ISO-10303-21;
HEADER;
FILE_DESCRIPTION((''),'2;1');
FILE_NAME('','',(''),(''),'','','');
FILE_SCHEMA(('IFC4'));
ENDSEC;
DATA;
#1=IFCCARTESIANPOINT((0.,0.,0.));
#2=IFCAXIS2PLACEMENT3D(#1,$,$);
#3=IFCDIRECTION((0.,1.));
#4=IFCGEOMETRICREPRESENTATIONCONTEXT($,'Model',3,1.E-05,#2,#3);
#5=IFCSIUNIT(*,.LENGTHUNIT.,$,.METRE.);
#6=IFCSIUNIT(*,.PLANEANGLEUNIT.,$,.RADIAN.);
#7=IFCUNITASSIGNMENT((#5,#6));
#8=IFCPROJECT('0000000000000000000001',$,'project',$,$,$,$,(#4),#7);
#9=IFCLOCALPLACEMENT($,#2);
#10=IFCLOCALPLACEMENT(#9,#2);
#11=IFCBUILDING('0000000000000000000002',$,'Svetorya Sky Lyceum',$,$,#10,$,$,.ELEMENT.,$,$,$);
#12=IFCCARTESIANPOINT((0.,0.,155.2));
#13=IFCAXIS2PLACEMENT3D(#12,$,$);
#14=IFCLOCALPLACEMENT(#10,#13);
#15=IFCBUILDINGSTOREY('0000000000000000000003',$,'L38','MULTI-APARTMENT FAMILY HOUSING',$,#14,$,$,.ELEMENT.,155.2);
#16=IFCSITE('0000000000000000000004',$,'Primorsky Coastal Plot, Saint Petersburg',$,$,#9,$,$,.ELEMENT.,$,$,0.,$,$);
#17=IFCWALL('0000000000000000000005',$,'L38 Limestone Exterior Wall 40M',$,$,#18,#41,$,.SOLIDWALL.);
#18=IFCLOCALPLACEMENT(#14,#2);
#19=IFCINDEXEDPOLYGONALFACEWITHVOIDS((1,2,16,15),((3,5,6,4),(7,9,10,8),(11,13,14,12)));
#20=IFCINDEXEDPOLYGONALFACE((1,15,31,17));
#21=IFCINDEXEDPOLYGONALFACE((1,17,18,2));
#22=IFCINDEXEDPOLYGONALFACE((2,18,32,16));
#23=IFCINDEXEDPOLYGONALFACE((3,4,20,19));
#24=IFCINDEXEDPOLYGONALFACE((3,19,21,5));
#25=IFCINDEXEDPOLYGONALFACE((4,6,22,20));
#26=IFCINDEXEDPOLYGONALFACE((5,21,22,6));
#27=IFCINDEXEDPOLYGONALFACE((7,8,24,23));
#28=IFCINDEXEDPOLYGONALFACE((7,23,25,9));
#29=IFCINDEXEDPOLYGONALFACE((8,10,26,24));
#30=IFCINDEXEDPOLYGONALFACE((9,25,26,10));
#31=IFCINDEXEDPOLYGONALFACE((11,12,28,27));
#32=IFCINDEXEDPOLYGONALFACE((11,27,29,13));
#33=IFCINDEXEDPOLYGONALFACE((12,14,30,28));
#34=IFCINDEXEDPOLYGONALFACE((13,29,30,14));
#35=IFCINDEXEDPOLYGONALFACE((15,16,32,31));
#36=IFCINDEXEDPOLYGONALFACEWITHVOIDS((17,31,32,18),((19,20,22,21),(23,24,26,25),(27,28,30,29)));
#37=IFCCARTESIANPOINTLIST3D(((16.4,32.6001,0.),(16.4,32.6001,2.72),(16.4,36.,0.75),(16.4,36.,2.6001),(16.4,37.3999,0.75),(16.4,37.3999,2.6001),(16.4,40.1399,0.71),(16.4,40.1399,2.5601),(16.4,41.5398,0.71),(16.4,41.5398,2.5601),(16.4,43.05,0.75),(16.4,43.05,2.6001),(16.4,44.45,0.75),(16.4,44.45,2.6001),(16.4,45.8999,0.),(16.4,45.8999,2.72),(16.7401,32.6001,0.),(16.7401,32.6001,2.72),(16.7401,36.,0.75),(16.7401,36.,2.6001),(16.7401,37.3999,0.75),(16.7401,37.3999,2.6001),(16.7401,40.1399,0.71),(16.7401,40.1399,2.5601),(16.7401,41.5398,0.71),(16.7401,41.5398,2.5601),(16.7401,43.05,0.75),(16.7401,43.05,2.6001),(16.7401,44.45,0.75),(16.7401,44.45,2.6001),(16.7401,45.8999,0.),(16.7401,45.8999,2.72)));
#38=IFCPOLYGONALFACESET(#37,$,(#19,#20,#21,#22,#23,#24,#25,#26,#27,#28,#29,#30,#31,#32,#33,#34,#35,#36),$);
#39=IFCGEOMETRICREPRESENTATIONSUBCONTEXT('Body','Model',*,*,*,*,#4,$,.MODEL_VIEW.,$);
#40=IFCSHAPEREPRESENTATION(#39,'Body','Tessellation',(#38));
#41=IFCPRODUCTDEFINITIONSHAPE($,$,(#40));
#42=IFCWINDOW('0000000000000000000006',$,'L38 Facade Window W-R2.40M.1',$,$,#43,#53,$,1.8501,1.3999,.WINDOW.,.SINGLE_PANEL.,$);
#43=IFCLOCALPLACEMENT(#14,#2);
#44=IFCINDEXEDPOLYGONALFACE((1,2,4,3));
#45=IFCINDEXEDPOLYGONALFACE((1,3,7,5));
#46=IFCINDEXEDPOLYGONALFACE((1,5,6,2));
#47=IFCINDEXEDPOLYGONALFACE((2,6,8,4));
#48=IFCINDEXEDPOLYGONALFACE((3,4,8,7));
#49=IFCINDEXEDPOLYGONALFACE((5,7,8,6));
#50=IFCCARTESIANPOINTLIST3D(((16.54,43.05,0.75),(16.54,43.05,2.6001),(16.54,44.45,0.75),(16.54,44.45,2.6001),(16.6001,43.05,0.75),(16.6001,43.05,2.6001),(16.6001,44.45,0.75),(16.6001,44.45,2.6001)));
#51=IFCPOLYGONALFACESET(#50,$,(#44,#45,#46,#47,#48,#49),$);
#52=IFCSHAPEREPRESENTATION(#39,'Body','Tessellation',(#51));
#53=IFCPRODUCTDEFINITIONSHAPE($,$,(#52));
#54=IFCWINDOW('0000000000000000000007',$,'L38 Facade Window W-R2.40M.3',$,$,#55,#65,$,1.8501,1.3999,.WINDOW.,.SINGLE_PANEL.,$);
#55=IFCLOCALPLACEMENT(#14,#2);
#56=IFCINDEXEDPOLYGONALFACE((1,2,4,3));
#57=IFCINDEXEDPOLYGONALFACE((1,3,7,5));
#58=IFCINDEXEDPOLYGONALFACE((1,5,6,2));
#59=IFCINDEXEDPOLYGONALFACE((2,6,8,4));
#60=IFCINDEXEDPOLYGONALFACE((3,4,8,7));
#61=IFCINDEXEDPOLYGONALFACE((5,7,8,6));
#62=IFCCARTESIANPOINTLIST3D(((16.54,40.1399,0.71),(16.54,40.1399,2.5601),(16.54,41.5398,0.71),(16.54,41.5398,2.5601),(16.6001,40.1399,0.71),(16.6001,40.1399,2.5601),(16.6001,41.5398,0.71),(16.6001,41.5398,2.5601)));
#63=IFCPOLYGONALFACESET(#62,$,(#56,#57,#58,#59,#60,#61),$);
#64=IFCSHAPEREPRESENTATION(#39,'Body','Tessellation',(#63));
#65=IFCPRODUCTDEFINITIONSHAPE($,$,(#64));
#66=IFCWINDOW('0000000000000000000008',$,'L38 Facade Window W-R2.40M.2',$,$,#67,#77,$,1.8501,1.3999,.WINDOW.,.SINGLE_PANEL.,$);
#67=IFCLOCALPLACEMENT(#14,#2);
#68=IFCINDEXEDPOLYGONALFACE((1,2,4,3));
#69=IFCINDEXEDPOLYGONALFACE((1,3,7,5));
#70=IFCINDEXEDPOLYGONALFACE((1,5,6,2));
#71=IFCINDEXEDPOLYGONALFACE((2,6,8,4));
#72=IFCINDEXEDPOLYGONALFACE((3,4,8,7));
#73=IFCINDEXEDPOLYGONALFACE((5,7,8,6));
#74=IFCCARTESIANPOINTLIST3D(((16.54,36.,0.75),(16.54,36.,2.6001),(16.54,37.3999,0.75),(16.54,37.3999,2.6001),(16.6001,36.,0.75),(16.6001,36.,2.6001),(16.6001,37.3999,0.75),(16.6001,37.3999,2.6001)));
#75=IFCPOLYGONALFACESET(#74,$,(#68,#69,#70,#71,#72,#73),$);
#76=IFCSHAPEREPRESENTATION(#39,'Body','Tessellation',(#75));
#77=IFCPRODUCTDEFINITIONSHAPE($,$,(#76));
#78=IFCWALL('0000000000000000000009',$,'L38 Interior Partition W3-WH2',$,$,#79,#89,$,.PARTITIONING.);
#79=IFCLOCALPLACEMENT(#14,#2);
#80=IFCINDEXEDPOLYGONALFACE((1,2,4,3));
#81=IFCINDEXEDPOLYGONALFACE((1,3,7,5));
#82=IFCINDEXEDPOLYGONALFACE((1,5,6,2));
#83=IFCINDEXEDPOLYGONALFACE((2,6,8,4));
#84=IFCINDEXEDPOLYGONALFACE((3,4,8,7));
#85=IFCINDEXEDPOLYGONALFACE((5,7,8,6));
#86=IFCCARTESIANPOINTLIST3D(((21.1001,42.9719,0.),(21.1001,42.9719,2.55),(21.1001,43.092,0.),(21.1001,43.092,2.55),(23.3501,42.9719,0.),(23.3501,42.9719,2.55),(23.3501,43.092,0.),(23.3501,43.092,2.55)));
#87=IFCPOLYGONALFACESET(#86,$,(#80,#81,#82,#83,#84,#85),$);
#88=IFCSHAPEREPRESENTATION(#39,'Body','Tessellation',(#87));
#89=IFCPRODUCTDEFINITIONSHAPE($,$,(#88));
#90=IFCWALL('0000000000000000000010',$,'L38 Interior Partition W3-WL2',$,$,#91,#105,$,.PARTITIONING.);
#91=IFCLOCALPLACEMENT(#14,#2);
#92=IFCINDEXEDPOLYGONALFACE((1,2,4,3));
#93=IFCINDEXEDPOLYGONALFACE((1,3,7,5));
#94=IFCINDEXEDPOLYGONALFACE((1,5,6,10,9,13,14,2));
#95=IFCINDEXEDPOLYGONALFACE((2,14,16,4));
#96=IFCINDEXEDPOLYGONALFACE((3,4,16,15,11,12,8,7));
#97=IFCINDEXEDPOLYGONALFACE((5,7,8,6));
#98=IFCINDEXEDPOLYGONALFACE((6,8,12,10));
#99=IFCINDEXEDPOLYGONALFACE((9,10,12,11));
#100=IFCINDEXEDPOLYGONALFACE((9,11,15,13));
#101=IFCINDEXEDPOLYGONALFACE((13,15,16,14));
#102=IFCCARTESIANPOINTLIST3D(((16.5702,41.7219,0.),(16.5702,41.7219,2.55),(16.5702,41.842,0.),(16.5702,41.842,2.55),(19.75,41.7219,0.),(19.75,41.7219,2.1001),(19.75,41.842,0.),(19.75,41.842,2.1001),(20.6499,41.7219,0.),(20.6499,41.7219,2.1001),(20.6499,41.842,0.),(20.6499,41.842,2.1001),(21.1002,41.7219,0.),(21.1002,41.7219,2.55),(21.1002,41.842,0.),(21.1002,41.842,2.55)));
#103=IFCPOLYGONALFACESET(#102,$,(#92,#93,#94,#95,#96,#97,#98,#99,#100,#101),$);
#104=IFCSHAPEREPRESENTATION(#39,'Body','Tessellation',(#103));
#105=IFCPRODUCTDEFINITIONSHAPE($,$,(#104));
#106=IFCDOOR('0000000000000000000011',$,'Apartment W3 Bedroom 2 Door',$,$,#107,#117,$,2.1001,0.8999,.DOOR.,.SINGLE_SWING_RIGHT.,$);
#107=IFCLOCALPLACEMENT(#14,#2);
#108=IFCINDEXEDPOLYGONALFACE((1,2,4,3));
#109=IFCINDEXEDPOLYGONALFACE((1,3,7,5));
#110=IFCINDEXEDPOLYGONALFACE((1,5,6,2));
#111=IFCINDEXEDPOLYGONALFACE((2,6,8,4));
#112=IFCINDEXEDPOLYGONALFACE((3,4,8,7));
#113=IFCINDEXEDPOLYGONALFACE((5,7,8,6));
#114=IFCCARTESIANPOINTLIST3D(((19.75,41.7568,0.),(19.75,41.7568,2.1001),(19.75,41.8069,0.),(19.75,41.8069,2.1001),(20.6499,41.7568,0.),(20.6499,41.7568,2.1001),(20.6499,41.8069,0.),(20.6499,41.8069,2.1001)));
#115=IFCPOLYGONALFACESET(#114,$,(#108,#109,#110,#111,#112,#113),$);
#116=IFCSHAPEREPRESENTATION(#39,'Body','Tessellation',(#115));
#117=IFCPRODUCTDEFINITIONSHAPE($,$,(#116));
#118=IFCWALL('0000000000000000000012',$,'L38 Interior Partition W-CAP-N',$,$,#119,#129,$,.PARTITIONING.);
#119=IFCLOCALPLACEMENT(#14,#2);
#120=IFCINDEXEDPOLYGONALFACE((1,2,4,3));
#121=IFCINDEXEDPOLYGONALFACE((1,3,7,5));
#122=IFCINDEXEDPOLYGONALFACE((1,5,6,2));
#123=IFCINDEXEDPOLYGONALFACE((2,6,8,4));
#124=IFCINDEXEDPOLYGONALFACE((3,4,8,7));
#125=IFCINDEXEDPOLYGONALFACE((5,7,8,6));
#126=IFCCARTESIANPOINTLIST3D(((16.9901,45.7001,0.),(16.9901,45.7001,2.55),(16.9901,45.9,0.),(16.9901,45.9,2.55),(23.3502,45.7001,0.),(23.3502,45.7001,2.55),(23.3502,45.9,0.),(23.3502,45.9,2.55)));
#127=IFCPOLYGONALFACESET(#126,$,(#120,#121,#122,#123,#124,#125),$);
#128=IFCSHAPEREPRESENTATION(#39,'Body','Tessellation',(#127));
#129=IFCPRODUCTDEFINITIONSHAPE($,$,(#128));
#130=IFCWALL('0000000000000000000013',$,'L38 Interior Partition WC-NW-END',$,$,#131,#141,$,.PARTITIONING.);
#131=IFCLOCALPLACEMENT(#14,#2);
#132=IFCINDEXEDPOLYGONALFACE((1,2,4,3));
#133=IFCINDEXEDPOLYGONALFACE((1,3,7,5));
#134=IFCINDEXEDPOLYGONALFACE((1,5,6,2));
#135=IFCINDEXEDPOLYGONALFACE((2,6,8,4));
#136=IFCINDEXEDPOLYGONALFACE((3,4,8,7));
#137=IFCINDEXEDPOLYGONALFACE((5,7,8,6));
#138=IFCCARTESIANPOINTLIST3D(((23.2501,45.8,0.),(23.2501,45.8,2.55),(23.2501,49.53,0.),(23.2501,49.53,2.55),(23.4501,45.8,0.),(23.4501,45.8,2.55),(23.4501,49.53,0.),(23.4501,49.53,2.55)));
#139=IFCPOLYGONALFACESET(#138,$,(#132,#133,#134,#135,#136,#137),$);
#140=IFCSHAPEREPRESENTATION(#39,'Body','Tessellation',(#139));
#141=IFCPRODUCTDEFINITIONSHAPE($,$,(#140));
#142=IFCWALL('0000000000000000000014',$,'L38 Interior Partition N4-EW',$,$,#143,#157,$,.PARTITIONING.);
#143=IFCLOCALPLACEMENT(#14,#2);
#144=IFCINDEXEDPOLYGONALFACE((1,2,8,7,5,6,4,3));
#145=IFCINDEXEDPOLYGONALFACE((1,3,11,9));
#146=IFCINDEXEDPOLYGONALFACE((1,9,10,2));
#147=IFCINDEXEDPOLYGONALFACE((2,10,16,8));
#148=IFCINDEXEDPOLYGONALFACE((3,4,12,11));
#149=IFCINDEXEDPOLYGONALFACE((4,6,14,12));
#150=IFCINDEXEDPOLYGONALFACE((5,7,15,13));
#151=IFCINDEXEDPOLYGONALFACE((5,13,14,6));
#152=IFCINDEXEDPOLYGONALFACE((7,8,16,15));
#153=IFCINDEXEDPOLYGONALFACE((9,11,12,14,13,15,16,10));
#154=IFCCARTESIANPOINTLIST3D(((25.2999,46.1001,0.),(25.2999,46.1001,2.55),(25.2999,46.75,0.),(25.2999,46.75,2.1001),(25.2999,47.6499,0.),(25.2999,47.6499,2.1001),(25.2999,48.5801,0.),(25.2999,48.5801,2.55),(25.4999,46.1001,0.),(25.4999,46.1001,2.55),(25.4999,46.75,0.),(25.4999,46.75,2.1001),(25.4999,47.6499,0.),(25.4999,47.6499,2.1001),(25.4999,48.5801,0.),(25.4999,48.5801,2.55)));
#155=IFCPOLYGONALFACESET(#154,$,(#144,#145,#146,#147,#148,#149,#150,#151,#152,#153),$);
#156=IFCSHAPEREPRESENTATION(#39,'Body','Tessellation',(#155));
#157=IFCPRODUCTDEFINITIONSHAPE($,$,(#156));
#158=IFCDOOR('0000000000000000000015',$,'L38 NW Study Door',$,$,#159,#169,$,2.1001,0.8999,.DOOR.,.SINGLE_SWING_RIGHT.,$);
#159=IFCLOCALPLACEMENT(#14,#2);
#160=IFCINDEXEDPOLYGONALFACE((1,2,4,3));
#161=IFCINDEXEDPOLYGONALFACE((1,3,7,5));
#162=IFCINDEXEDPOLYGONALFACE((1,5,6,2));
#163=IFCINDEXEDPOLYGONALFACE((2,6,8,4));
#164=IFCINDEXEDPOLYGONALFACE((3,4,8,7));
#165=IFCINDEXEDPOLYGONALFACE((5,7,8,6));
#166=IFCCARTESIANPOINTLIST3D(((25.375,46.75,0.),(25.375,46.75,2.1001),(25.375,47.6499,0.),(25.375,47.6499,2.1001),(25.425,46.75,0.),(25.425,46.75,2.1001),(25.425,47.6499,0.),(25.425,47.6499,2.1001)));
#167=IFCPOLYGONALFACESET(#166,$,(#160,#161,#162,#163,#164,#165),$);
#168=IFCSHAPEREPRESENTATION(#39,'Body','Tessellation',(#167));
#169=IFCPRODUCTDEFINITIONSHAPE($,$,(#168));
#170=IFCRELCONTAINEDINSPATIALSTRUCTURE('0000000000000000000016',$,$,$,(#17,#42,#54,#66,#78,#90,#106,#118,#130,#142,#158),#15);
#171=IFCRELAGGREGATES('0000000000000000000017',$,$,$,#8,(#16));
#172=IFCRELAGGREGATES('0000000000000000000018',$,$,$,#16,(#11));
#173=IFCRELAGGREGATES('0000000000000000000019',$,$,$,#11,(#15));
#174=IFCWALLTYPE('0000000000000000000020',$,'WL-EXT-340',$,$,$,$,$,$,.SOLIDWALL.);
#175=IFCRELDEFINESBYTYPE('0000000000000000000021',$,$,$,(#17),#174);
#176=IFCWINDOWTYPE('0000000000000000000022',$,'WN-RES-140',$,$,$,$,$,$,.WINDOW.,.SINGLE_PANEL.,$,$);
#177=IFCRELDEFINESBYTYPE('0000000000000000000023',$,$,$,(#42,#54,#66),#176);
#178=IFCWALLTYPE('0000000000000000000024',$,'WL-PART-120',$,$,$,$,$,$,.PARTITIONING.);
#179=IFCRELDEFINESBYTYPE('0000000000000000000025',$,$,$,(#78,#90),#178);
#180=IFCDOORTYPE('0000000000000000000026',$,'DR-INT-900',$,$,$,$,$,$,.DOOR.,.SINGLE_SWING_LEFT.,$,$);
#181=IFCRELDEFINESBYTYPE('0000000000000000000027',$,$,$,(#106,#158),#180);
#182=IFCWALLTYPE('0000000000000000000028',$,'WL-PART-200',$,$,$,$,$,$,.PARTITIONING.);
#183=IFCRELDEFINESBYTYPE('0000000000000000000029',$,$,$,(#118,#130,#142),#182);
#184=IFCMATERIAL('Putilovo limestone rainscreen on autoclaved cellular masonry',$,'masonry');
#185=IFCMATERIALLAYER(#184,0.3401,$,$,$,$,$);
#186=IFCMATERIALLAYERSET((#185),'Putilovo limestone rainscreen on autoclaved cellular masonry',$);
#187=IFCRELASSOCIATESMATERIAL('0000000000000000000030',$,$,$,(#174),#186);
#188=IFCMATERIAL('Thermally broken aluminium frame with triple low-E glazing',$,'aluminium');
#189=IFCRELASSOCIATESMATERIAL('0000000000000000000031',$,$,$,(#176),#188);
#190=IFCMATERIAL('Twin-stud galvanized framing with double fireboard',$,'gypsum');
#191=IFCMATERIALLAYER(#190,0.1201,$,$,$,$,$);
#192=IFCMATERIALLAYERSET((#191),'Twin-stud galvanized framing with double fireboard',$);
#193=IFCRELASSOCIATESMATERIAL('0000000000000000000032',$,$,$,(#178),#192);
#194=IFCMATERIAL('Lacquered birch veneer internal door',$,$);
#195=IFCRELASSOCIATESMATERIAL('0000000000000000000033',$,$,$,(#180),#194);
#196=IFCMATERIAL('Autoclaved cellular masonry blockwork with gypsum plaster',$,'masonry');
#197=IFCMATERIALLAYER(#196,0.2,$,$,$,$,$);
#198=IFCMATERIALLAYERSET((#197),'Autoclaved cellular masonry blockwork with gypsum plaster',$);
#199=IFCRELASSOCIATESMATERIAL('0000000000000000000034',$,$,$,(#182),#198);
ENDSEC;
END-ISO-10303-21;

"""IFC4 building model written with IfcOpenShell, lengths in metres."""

from ifc_helpers import new_model, si_unit, direction, frame, frame_2d, origin, place, context, subcontext, project, spatial, rectangle, extrude, material, layer, layer_set, type_object, element, fill, save


model = new_model("IFC4")

# Units and contexts
model_context = context("Model", 3, precision=1e-05, world=origin(), true_north=direction((0.0, 1.0)))
body_context = subcontext(model_context, "Body", "Model", "MODEL_VIEW")
ifc_project = project(units=[si_unit("LENGTHUNIT", "METRE"), si_unit("PLANEANGLEUNIT", "RADIAN")], contexts=[model_context])

# Site, building, storey
site_placement = place(None, origin())
site = spatial("IfcSite", under=ifc_project, at=site_placement, Name="Primorsky Coastal Plot, Saint Petersburg", CompositionType="ELEMENT", RefElevation=0.0)
building_placement = place(site_placement, origin())
building = spatial("IfcBuilding", under=site, at=building_placement, Name="Svetorya Sky Lyceum", CompositionType="ELEMENT")
storey_placement = place(building_placement, frame((0.0, 0.0, 155.2)))
storey = spatial("IfcBuildingStorey", under=building, at=storey_placement, Name="L38", Description="MULTI-APARTMENT FAMILY HOUSING", CompositionType="ELEMENT", Elevation=155.2)

# Shared definitions
ifc_material_1 = material(Name="Putilovo limestone rainscreen on autoclaved cellular masonry", Category="masonry")
ifc_layer_1 = layer(ifc_material_1, 0.3401)
ifc_layer_set_1 = layer_set([ifc_layer_1], Name="Putilovo limestone rainscreen on autoclaved cellular masonry")
wall_type_1 = type_object("IfcWallType", Name="WL-EXT-340", PredefinedType="SOLIDWALL", material=ifc_layer_set_1)

# Wall, openings, windows
wall_1_placement = place(storey_placement, frame((16.5701, 45.8999, 0.0), z_axis=(0.0, 0.0, 1.0), x_axis=(0.0, -1.0, 0.0)))
wall_1 = element("IfcWall", 1, at=wall_1_placement, inside=storey, type_object=wall_type_1, Name="L38 Limestone Exterior Wall 40M", PredefinedType="SOLIDWALL", context=body_context, shape_type="SweptSolid", body=[
    extrude(rectangle(XDim=13.2998, YDim=0.3401, at=frame_2d((6.6499, 0.0))), origin(), (0.0, 0.0, 1.0), 2.72),
])
opening_1_placement = place(wall_1_placement, frame((1.45, 0.0, 0.75)))
opening_1 = element("IfcOpeningElement", 2, at=opening_1_placement, cuts=wall_1, PredefinedType="OPENING", context=body_context, shape_type="SweptSolid", body=[
    extrude(rectangle(XDim=1.3999, YDim=1.8501, at=frame_2d((0.7, 0.925))), frame((0.0, 0.1799, 0.0), z_axis=(0.0, -1.0, 0.0), x_axis=(1.0, 0.0, 0.0)), (0.0, 0.0, 1.0), 0.3601),
])
opening_2_placement = place(wall_1_placement, frame((4.3601, 0.0, 0.71)))
opening_2 = element("IfcOpeningElement", 3, at=opening_2_placement, cuts=wall_1, PredefinedType="OPENING", context=body_context, shape_type="SweptSolid", body=[
    extrude(rectangle(XDim=1.3999, YDim=1.8501, at=frame_2d((0.7, 0.925))), frame((0.0, 0.1799, 0.0), z_axis=(0.0, -1.0, 0.0), x_axis=(1.0, 0.0, 0.0)), (0.0, 0.0, 1.0), 0.3601),
])
opening_3_placement = place(wall_1_placement, frame((8.5, 0.0, 0.75)))
opening_3 = element("IfcOpeningElement", 4, at=opening_3_placement, cuts=wall_1, PredefinedType="OPENING", context=body_context, shape_type="SweptSolid", body=[
    extrude(rectangle(XDim=1.3999, YDim=1.8501, at=frame_2d((0.7, 0.925))), frame((0.0, 0.1799, 0.0), z_axis=(0.0, -1.0, 0.0), x_axis=(1.0, 0.0, 0.0)), (0.0, 0.0, 1.0), 0.3601),
])
ifc_material_2 = material(Name="Thermally broken aluminium frame with triple low-E glazing", Category="aluminium")
window_type = type_object("IfcWindowType", Name="WN-RES-140", PartitioningType="SINGLE_PANEL", PredefinedType="WINDOW", material=ifc_material_2)
window_1_placement = place(opening_1_placement, origin())
window_1 = element("IfcWindow", 5, at=window_1_placement, inside=storey, type_object=window_type, Name="L38 Facade Window W-R2.40M.1", OverallHeight=1.8501, OverallWidth=1.3999, PartitioningType="SINGLE_PANEL", PredefinedType="WINDOW", context=body_context, shape_type="SweptSolid", body=[
    extrude(rectangle(XDim=1.3999, YDim=1.8501, at=frame_2d((0.7, 0.925))), frame((0.0, 0.03, 0.0), z_axis=(0.0, -1.0, 0.0), x_axis=(1.0, 0.0, 0.0)), (0.0, 0.0, 1.0), 0.0601),
])
fill(opening_1, window_1)
window_2_placement = place(opening_2_placement, origin())
window_2 = element("IfcWindow", 6, at=window_2_placement, inside=storey, type_object=window_type, Name="L38 Facade Window W-R2.40M.3", OverallHeight=1.8501, OverallWidth=1.3999, PartitioningType="SINGLE_PANEL", PredefinedType="WINDOW", context=body_context, shape_type="SweptSolid", body=[
    extrude(rectangle(XDim=1.3999, YDim=1.8501, at=frame_2d((0.7, 0.925))), frame((0.0, 0.03, 0.0), z_axis=(0.0, -1.0, 0.0), x_axis=(1.0, 0.0, 0.0)), (0.0, 0.0, 1.0), 0.0601),
])
fill(opening_2, window_2)
window_3_placement = place(opening_3_placement, origin())
window_3 = element("IfcWindow", 7, at=window_3_placement, inside=storey, type_object=window_type, Name="L38 Facade Window W-R2.40M.2", OverallHeight=1.8501, OverallWidth=1.3999, PartitioningType="SINGLE_PANEL", PredefinedType="WINDOW", context=body_context, shape_type="SweptSolid", body=[
    extrude(rectangle(XDim=1.3999, YDim=1.8501, at=frame_2d((0.7, 0.925))), frame((0.0, 0.03, 0.0), z_axis=(0.0, -1.0, 0.0), x_axis=(1.0, 0.0, 0.0)), (0.0, 0.0, 1.0), 0.0601),
])
fill(opening_3, window_3)

# Wall
ifc_material_3 = material(Name="Twin-stud galvanized framing with double fireboard", Category="gypsum")
ifc_layer_2 = layer(ifc_material_3, 0.1201)
ifc_layer_set_2 = layer_set([ifc_layer_2], Name="Twin-stud galvanized framing with double fireboard")
wall_type_2 = type_object("IfcWallType", Name="WL-PART-120", PredefinedType="PARTITIONING", material=ifc_layer_set_2)
wall_2_placement = place(storey_placement, frame((21.1001, 43.032, 0.0), z_axis=(0.0, 0.0, 1.0), x_axis=(1.0, 0.0, 0.0)))
element("IfcWall", 8, at=wall_2_placement, inside=storey, type_object=wall_type_2, Name="L38 Interior Partition W3-WH2", PredefinedType="PARTITIONING", context=body_context, shape_type="SweptSolid", body=[
    extrude(rectangle(XDim=2.25, YDim=0.1201, at=frame_2d((1.125, 0.0))), origin(), (0.0, 0.0, 1.0), 2.55),
])

# Wall, opening, door
wall_3_placement = place(storey_placement, frame((16.5701, 41.782, 0.0), z_axis=(0.0, 0.0, 1.0), x_axis=(1.0, 0.0, 0.0)))
wall_3 = element("IfcWall", 9, at=wall_3_placement, inside=storey, type_object=wall_type_2, Name="L38 Interior Partition W3-WL2", PredefinedType="PARTITIONING", context=body_context, shape_type="SweptSolid", body=[
    extrude(rectangle(XDim=4.53, YDim=0.1201, at=frame_2d((2.2651, 0.0))), origin(), (0.0, 0.0, 1.0), 2.55),
])
opening_4_placement = place(wall_3_placement, frame((3.1799, 0.0, 0.0)))
opening_4 = element("IfcOpeningElement", 10, at=opening_4_placement, cuts=wall_3, PredefinedType="OPENING", context=body_context, shape_type="SweptSolid", body=[
    extrude(rectangle(XDim=0.8999, YDim=2.1001, at=frame_2d((0.45, 1.05))), frame((0.0, 0.0701, 0.0), z_axis=(0.0, -1.0, 0.0), x_axis=(1.0, 0.0, 0.0)), (0.0, 0.0, 1.0), 0.1401),
])
ifc_material_4 = material(Name="Lacquered birch veneer internal door")
door_type = type_object("IfcDoorType", Name="DR-INT-900", OperationType="SINGLE_SWING_LEFT", PredefinedType="DOOR", material=ifc_material_4)
door_1_placement = place(opening_4_placement, origin())
door_1 = element("IfcDoor", 11, at=door_1_placement, inside=storey, type_object=door_type, Name="Apartment W3 Bedroom 2 Door", OperationType="SINGLE_SWING_RIGHT", OverallHeight=2.1001, OverallWidth=0.8999, PredefinedType="DOOR", context=body_context, shape_type="SweptSolid", body=[
    extrude(rectangle(XDim=0.8999, YDim=2.1001, at=frame_2d((0.45, 1.05))), frame((0.0, 0.0249, 0.0), z_axis=(0.0, -1.0, 0.0), x_axis=(1.0, 0.0, 0.0)), (0.0, 0.0, 1.0), 0.05),
])
fill(opening_4, door_1)

# Walls
ifc_material_5 = material(Name="Autoclaved cellular masonry blockwork with gypsum plaster", Category="masonry")
ifc_layer_3 = layer(ifc_material_5, 0.2)
ifc_layer_set_3 = layer_set([ifc_layer_3], Name="Autoclaved cellular masonry blockwork with gypsum plaster")
wall_type_3 = type_object("IfcWallType", Name="WL-PART-200", PredefinedType="PARTITIONING", material=ifc_layer_set_3)
wall_4_placement = place(storey_placement, frame((16.99, 45.8, 0.0), z_axis=(0.0, 0.0, 1.0), x_axis=(1.0, 0.0, 0.0)))
element("IfcWall", 12, at=wall_4_placement, inside=storey, type_object=wall_type_3, Name="L38 Interior Partition W-CAP-N", PredefinedType="PARTITIONING", context=body_context, shape_type="SweptSolid", body=[
    extrude(rectangle(XDim=6.3601, YDim=0.2, at=frame_2d((3.1802, 0.0))), origin(), (0.0, 0.0, 1.0), 2.55),
])
wall_5_placement = place(storey_placement, frame((23.3501, 45.8, 0.0), z_axis=(0.0, 0.0, 1.0), x_axis=(0.0, 1.0, 0.0)))
element("IfcWall", 13, at=wall_5_placement, inside=storey, type_object=wall_type_3, Name="L38 Interior Partition WC-NW-END", PredefinedType="PARTITIONING", context=body_context, shape_type="SweptSolid", body=[
    extrude(rectangle(XDim=3.73, YDim=0.2, at=frame_2d((1.865, 0.0))), origin(), (0.0, 0.0, 1.0), 2.55),
])

# Wall, opening, door
wall_6_placement = place(storey_placement, frame((25.3999, 46.1001, 0.0), z_axis=(0.0, 0.0, 1.0), x_axis=(0.0, 1.0, 0.0)))
wall_6 = element("IfcWall", 14, at=wall_6_placement, inside=storey, type_object=wall_type_3, Name="L38 Interior Partition N4-EW", PredefinedType="PARTITIONING", context=body_context, shape_type="SweptSolid", body=[
    extrude(rectangle(XDim=2.48, YDim=0.2, at=frame_2d((1.24, 0.0))), origin(), (0.0, 0.0, 1.0), 2.55),
])
opening_5_placement = place(wall_6_placement, frame((0.6499, 0.0, 0.0)))
opening_5 = element("IfcOpeningElement", 15, at=opening_5_placement, cuts=wall_6, PredefinedType="OPENING", context=body_context, shape_type="SweptSolid", body=[
    extrude(rectangle(XDim=0.8999, YDim=2.1001, at=frame_2d((0.45, 1.05))), frame((0.0, 0.1099, 0.0), z_axis=(0.0, -1.0, 0.0), x_axis=(1.0, 0.0, 0.0)), (0.0, 0.0, 1.0), 0.22),
])
door_2_placement = place(opening_5_placement, origin())
door_2 = element("IfcDoor", 16, at=door_2_placement, inside=storey, type_object=door_type, Name="L38 NW Study Door", OperationType="SINGLE_SWING_RIGHT", OverallHeight=2.1001, OverallWidth=0.8999, PredefinedType="DOOR", context=body_context, shape_type="SweptSolid", body=[
    extrude(rectangle(XDim=0.8999, YDim=2.1001, at=frame_2d((0.45, 1.05))), frame((0.0, 0.0249, 0.0), z_axis=(0.0, -1.0, 0.0), x_axis=(1.0, 0.0, 0.0)), (0.0, 0.0, 1.0), 0.05),
])
fill(opening_5, door_2)

save(model, "model.ifc")
